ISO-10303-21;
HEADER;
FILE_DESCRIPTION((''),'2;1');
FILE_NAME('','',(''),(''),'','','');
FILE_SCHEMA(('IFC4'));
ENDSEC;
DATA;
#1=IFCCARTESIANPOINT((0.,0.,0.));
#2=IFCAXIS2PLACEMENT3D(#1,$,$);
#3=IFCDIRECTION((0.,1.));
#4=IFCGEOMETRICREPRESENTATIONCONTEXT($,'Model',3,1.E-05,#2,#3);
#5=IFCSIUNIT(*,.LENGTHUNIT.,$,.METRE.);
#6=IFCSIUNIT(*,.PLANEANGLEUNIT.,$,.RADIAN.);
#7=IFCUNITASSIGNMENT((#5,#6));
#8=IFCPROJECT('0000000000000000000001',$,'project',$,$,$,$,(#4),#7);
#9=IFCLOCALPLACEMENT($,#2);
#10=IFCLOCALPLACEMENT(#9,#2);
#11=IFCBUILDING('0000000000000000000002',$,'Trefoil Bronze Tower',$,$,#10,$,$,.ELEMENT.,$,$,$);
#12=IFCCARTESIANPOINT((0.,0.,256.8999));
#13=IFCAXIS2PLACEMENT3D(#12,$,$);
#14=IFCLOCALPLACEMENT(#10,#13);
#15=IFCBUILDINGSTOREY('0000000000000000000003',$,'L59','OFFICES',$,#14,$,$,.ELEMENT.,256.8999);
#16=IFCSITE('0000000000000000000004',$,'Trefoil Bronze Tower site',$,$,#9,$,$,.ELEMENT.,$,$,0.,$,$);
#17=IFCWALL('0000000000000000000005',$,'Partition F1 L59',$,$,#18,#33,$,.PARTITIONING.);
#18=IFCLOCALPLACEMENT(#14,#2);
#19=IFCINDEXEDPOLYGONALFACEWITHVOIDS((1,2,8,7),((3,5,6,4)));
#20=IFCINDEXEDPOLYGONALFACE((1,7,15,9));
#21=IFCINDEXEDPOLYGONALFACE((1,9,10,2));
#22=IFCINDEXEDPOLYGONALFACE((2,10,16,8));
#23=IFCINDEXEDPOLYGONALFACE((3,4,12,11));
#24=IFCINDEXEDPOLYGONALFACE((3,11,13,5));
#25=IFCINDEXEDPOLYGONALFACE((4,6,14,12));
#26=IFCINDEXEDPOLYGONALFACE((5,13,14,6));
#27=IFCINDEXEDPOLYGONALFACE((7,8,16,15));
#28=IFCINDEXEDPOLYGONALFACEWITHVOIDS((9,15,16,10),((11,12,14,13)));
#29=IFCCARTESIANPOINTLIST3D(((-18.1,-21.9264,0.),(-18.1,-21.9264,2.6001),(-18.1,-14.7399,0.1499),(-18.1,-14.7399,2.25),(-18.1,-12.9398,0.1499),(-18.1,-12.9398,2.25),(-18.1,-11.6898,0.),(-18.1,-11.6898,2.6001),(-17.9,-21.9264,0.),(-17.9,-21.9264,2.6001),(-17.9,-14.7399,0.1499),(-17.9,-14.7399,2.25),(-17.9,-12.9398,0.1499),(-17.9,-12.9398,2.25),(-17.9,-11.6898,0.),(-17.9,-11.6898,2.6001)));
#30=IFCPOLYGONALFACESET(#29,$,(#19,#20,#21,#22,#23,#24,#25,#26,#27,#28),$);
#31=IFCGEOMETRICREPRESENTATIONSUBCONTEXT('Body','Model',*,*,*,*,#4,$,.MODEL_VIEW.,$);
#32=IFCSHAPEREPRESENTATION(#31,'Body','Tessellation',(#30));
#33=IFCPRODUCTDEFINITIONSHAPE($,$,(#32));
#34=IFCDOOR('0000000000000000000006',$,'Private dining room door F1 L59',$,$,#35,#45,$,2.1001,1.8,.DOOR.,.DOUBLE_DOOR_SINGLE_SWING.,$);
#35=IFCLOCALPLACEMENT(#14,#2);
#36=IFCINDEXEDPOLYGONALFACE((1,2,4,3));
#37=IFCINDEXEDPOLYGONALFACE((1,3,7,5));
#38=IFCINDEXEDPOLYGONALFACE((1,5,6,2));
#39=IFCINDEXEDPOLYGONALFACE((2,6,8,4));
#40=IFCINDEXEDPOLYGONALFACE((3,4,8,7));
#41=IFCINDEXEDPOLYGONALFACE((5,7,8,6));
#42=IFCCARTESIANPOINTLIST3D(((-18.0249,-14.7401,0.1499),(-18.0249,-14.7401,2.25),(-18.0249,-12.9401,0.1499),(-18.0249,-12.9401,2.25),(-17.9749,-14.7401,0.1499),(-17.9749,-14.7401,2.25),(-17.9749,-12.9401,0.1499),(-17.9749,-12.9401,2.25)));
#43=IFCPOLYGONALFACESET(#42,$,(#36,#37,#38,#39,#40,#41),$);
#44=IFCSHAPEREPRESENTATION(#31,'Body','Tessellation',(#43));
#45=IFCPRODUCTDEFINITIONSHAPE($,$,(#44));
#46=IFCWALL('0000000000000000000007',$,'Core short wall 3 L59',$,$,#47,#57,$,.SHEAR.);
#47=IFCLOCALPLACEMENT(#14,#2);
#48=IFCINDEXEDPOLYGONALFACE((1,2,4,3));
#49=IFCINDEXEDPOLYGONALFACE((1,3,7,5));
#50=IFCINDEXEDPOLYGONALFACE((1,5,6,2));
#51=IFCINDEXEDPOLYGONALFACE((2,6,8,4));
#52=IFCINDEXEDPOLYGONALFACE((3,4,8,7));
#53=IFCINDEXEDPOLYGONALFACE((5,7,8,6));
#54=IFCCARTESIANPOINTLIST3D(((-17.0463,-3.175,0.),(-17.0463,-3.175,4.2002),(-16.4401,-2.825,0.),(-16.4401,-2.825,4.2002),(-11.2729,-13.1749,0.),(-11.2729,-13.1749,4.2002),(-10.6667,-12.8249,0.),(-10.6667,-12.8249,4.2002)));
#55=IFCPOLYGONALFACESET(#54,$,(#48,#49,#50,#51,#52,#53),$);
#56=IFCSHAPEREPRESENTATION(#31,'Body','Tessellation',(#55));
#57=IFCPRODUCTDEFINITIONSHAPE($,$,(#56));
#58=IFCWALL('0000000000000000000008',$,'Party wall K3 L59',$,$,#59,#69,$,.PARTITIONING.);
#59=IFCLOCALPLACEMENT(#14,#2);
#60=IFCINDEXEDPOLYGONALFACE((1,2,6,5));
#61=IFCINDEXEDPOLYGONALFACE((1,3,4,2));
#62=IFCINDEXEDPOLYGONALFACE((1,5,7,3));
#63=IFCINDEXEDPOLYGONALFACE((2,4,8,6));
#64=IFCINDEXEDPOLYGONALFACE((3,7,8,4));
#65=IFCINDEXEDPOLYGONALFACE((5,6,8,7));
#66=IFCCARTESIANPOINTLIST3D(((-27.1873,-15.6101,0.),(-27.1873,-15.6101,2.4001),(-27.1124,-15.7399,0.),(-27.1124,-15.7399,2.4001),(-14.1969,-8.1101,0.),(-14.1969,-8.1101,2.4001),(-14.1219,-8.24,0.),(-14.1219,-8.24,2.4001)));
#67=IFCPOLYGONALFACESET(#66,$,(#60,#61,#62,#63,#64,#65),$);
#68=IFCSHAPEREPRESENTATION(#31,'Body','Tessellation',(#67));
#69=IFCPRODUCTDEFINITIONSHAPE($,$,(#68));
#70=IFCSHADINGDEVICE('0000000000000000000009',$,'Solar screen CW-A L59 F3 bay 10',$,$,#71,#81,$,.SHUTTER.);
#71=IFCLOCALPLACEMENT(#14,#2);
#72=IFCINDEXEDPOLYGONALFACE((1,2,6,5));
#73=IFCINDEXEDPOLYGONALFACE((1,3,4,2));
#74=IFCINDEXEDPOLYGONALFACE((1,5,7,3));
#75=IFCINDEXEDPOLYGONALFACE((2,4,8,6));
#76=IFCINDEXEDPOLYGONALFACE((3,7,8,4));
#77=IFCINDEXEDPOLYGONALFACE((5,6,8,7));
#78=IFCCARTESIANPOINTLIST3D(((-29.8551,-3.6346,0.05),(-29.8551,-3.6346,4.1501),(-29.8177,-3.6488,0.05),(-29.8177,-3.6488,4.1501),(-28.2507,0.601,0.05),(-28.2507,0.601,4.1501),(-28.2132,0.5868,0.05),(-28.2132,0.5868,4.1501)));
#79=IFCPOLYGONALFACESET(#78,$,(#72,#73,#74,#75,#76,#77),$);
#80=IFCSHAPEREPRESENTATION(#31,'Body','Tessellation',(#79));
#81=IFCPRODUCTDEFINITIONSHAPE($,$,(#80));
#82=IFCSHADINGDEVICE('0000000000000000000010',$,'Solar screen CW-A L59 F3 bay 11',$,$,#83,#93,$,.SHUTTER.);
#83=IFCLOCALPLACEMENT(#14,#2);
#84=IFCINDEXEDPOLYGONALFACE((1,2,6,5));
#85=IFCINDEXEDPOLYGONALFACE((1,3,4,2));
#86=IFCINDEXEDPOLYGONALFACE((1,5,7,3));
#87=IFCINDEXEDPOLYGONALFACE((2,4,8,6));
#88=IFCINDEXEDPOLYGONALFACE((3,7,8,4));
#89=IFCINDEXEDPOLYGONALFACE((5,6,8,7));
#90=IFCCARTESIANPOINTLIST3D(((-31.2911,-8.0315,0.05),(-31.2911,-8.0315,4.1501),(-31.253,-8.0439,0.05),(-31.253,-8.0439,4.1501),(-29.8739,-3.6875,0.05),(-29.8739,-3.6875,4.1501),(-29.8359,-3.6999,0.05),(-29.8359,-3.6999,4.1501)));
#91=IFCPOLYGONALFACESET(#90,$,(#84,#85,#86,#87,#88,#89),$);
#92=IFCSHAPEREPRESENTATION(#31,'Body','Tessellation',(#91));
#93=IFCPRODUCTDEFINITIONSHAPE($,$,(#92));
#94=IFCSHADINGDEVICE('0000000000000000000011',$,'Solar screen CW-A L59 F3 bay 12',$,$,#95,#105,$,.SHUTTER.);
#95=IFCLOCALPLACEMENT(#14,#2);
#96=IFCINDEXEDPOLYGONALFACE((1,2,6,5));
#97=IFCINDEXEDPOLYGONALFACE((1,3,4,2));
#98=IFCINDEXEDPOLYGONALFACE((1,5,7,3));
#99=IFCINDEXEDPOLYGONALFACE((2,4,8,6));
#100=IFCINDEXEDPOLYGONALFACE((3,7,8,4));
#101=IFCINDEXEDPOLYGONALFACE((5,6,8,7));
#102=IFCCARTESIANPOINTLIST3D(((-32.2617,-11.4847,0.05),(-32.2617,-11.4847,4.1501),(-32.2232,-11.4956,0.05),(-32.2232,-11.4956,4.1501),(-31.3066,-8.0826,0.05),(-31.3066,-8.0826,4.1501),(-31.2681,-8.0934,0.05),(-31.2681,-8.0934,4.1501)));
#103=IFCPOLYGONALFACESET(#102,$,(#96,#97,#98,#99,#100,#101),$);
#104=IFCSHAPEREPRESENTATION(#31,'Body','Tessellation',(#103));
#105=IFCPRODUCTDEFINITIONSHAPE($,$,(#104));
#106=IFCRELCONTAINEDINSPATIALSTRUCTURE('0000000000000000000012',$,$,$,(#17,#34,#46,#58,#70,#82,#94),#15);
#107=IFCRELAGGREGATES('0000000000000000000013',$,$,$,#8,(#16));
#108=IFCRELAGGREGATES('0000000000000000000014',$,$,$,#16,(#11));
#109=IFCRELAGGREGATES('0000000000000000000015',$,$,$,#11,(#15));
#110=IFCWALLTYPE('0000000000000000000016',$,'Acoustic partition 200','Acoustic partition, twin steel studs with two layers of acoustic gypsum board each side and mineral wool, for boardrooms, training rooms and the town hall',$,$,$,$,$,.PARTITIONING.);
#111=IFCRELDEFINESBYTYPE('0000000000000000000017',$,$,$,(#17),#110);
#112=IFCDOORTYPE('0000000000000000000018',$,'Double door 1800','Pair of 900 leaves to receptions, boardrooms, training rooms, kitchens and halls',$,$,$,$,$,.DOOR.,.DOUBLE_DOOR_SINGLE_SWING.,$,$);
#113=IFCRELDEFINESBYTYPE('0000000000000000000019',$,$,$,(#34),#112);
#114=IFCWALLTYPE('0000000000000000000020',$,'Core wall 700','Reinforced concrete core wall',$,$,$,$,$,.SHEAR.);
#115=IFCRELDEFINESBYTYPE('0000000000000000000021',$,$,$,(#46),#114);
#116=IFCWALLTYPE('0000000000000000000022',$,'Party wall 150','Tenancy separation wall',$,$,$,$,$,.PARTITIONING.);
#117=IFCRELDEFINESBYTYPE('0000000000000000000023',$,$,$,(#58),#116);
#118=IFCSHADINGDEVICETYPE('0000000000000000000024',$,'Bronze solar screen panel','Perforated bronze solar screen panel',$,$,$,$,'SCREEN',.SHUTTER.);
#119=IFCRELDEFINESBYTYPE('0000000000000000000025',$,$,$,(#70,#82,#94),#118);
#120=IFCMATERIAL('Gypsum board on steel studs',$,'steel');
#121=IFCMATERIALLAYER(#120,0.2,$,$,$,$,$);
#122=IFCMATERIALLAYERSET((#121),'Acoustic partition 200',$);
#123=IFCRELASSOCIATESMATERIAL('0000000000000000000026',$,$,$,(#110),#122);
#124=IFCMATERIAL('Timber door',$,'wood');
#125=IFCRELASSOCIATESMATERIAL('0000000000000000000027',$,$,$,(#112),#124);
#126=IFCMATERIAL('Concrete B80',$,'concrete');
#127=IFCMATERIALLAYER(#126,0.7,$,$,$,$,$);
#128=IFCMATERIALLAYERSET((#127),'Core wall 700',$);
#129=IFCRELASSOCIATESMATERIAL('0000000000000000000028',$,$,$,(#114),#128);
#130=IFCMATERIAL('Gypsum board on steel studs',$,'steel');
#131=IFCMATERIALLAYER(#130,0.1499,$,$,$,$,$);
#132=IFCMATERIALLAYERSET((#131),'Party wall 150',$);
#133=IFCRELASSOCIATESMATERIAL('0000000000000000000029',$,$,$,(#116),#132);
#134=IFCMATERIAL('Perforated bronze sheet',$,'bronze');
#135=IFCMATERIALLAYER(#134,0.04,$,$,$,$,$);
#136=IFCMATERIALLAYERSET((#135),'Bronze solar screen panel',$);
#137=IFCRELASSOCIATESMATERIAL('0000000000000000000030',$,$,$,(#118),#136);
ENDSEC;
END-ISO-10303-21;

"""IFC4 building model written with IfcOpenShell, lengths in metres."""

from ifc_helpers import new_model, si_unit, direction, frame, frame_2d, origin, origin_2d, place, context, subcontext, project, spatial, rectangle, extrude, material, layer, layer_set, type_object, element, fill, save


model = new_model("IFC4")

# Units and contexts
model_context = context("Model", 3, precision=1e-05, world=origin(), true_north=direction((0.0, 1.0)))
body_context = subcontext(model_context, "Body", "Model", "MODEL_VIEW")
ifc_project = project(units=[si_unit("LENGTHUNIT", "METRE"), si_unit("PLANEANGLEUNIT", "RADIAN")], contexts=[model_context])

# Site, building, storey
site_placement = place(None, origin())
site = spatial("IfcSite", under=ifc_project, at=site_placement, Name="Trefoil Bronze Tower site", CompositionType="ELEMENT", RefElevation=0.0)
building_placement = place(site_placement, origin())
building = spatial("IfcBuilding", under=site, at=building_placement, Name="Trefoil Bronze Tower", CompositionType="ELEMENT")
storey_placement = place(building_placement, frame((0.0, 0.0, 256.8999)))
storey = spatial("IfcBuildingStorey", under=building, at=storey_placement, Name="L59", Description="OFFICES", CompositionType="ELEMENT", Elevation=256.8999)

# Shared definitions
ifc_material_1 = material(Name="Gypsum board on steel studs", Category="steel")
ifc_layer_1 = layer(ifc_material_1, 0.2)
ifc_layer_set_1 = layer_set([ifc_layer_1], Name="Acoustic partition 200")
wall_type_1 = type_object("IfcWallType", Name="Acoustic partition 200", Description="Acoustic partition, twin steel studs with two layers of acoustic gypsum board each side and mineral wool, for boardrooms, training rooms and the town hall", PredefinedType="PARTITIONING", material=ifc_layer_set_1)

# Wall, opening, door
wall_1_placement = place(storey_placement, frame((-18.0, -11.6899, 0.0), z_axis=(0.0, 0.0, 1.0), x_axis=(0.0, -1.0, 0.0)))
wall_1 = element("IfcWall", 1, at=wall_1_placement, inside=storey, type_object=wall_type_1, Name="Partition F1 L59", PredefinedType="PARTITIONING", context=body_context, shape_type="SweptSolid", body=[
    extrude(rectangle(XDim=10.2366, YDim=0.2, at=frame_2d((5.1182, 0.0))), origin(), (0.0, 0.0, 1.0), 2.6001),
])
opening_placement = place(wall_1_placement, frame((1.25, 0.0, 0.1499)))
opening = element("IfcOpeningElement", 2, at=opening_placement, cuts=wall_1, PredefinedType="OPENING", context=body_context, shape_type="SweptSolid", body=[
    extrude(rectangle(XDim=1.8, YDim=2.1001, at=frame_2d((0.8999, 1.05))), frame((0.0, 0.1099, 0.0), z_axis=(0.0, -1.0, 0.0), x_axis=(1.0, 0.0, 0.0)), (0.0, 0.0, 1.0), 0.22),
])
ifc_material_2 = material(Name="Timber door", Category="wood")
door_type = type_object("IfcDoorType", Name="Double door 1800", Description="Pair of 900 leaves to receptions, boardrooms, training rooms, kitchens and halls", OperationType="DOUBLE_DOOR_SINGLE_SWING", PredefinedType="DOOR", material=ifc_material_2)
door_placement = place(opening_placement, frame((1.8, 0.0, 0.0), z_axis=(0.0, 0.0, 1.0), x_axis=(-1.0, 0.0, 0.0)))
door = element("IfcDoor", 3, at=door_placement, inside=storey, type_object=door_type, Name="Private dining room door F1 L59", OperationType="DOUBLE_DOOR_SINGLE_SWING", OverallHeight=2.1001, OverallWidth=1.8, PredefinedType="DOOR", context=body_context, shape_type="SweptSolid", body=[
    extrude(rectangle(XDim=1.8, YDim=2.1001, at=frame_2d((0.8999, 1.05))), frame((0.0, 0.0249, 0.0), z_axis=(0.0, -1.0, 0.0), x_axis=(1.0, 0.0, 0.0)), (0.0, 0.0, 1.0), 0.05),
])
fill(opening, door)

# Walls
ifc_material_3 = material(Name="Concrete B80", Category="concrete")
ifc_layer_2 = layer(ifc_material_3, 0.7)
ifc_layer_set_2 = layer_set([ifc_layer_2], Name="Core wall 700")
wall_type_2 = type_object("IfcWallType", Name="Core wall 700", Description="Reinforced concrete core wall", PredefinedType="SHEAR", material=ifc_layer_set_2)
wall_2_placement = place(storey_placement, frame((-16.7432, -3.0, 0.0), z_axis=(0.0, 0.0, 1.0), x_axis=(0.499996, -0.866028, 0.0)))
element("IfcWall", 4, at=wall_2_placement, inside=storey, type_object=wall_type_2, Name="Core short wall 3 L59", PredefinedType="SHEAR", context=body_context, shape_type="SweptSolid", body=[
    extrude(rectangle(XDim=11.5469, YDim=0.7, at=frame_2d((5.7734, 0.0))), origin(), (0.0, 0.0, 1.0), 4.2002),
])
ifc_material_4 = material(Name="Gypsum board on steel studs", Category="steel")
ifc_layer_3 = layer(ifc_material_4, 0.1499)
ifc_layer_set_3 = layer_set([ifc_layer_3], Name="Party wall 150")
wall_type_3 = type_object("IfcWallType", Name="Party wall 150", Description="Tenancy separation wall", PredefinedType="PARTITIONING", material=ifc_layer_set_3)
wall_3_placement = place(storey_placement, frame((-14.1594, -8.175, 0.0), z_axis=(0.0, 0.0, 1.0), x_axis=(-0.866027, -0.499997, 0.0)))
element("IfcWall", 5, at=wall_3_placement, inside=storey, type_object=wall_type_3, Name="Party wall K3 L59", PredefinedType="PARTITIONING", context=body_context, shape_type="SweptSolid", body=[
    extrude(rectangle(XDim=15.0, YDim=0.1499, at=frame_2d((7.5, 0.0))), origin(), (0.0, 0.0, 1.0), 2.4001),
])

# Shading devices
ifc_material_5 = material(Name="Perforated bronze sheet", Category="bronze")
ifc_layer_4 = layer(ifc_material_5, 0.04)
ifc_layer_set_4 = layer_set([ifc_layer_4], Name="Bronze solar screen panel")
shading_device_type = type_object("IfcShadingDeviceType", Name="Bronze solar screen panel", Description="Perforated bronze solar screen panel", ElementType="SCREEN", PredefinedType="SHUTTER", material=ifc_layer_set_4)
shading_device_1_placement = place(storey_placement, frame((-29.0342, -1.5239, 0.05), z_axis=(0.0, 0.0, 1.0), x_axis=(-0.354234, -0.935157, 0.0)))
element("IfcShadingDevice", 6, at=shading_device_1_placement, inside=storey, type_object=shading_device_type, Name="Solar screen CW-A L59 F3 bay 10", PredefinedType="SHUTTER", context=body_context, shape_type="SweptSolid", body=[
    extrude(rectangle(XDim=4.5293, YDim=0.04, at=origin_2d()), origin(), (0.0, 0.0, 1.0), 4.1001),
])
shading_device_2_placement = place(storey_placement, frame((-30.5635, -5.8657, 0.05), z_axis=(0.0, 0.0, 1.0), x_axis=(-0.310149, -0.950688, 0.0)))
element("IfcShadingDevice", 7, at=shading_device_2_placement, inside=storey, type_object=shading_device_type, Name="Solar screen CW-A L59 F3 bay 11", PredefinedType="SHUTTER", context=body_context, shape_type="SweptSolid", body=[
    extrude(rectangle(XDim=4.5693, YDim=0.04, at=origin_2d()), origin(), (0.0, 0.0, 1.0), 4.1001),
])
shading_device_3_placement = place(storey_placement, frame((-31.7649, -9.7891, 0.05), z_axis=(0.0, 0.0, 1.0), x_axis=(-0.270282, -0.962781, 0.0)))
element("IfcShadingDevice", 8, at=shading_device_3_placement, inside=storey, type_object=shading_device_type, Name="Solar screen CW-A L59 F3 bay 12", PredefinedType="SHUTTER", context=body_context, shape_type="SweptSolid", body=[
    extrude(rectangle(XDim=3.5337, YDim=0.04, at=origin_2d()), origin(), (0.0, 0.0, 1.0), 4.1001),
])

save(model, "model.ifc")
